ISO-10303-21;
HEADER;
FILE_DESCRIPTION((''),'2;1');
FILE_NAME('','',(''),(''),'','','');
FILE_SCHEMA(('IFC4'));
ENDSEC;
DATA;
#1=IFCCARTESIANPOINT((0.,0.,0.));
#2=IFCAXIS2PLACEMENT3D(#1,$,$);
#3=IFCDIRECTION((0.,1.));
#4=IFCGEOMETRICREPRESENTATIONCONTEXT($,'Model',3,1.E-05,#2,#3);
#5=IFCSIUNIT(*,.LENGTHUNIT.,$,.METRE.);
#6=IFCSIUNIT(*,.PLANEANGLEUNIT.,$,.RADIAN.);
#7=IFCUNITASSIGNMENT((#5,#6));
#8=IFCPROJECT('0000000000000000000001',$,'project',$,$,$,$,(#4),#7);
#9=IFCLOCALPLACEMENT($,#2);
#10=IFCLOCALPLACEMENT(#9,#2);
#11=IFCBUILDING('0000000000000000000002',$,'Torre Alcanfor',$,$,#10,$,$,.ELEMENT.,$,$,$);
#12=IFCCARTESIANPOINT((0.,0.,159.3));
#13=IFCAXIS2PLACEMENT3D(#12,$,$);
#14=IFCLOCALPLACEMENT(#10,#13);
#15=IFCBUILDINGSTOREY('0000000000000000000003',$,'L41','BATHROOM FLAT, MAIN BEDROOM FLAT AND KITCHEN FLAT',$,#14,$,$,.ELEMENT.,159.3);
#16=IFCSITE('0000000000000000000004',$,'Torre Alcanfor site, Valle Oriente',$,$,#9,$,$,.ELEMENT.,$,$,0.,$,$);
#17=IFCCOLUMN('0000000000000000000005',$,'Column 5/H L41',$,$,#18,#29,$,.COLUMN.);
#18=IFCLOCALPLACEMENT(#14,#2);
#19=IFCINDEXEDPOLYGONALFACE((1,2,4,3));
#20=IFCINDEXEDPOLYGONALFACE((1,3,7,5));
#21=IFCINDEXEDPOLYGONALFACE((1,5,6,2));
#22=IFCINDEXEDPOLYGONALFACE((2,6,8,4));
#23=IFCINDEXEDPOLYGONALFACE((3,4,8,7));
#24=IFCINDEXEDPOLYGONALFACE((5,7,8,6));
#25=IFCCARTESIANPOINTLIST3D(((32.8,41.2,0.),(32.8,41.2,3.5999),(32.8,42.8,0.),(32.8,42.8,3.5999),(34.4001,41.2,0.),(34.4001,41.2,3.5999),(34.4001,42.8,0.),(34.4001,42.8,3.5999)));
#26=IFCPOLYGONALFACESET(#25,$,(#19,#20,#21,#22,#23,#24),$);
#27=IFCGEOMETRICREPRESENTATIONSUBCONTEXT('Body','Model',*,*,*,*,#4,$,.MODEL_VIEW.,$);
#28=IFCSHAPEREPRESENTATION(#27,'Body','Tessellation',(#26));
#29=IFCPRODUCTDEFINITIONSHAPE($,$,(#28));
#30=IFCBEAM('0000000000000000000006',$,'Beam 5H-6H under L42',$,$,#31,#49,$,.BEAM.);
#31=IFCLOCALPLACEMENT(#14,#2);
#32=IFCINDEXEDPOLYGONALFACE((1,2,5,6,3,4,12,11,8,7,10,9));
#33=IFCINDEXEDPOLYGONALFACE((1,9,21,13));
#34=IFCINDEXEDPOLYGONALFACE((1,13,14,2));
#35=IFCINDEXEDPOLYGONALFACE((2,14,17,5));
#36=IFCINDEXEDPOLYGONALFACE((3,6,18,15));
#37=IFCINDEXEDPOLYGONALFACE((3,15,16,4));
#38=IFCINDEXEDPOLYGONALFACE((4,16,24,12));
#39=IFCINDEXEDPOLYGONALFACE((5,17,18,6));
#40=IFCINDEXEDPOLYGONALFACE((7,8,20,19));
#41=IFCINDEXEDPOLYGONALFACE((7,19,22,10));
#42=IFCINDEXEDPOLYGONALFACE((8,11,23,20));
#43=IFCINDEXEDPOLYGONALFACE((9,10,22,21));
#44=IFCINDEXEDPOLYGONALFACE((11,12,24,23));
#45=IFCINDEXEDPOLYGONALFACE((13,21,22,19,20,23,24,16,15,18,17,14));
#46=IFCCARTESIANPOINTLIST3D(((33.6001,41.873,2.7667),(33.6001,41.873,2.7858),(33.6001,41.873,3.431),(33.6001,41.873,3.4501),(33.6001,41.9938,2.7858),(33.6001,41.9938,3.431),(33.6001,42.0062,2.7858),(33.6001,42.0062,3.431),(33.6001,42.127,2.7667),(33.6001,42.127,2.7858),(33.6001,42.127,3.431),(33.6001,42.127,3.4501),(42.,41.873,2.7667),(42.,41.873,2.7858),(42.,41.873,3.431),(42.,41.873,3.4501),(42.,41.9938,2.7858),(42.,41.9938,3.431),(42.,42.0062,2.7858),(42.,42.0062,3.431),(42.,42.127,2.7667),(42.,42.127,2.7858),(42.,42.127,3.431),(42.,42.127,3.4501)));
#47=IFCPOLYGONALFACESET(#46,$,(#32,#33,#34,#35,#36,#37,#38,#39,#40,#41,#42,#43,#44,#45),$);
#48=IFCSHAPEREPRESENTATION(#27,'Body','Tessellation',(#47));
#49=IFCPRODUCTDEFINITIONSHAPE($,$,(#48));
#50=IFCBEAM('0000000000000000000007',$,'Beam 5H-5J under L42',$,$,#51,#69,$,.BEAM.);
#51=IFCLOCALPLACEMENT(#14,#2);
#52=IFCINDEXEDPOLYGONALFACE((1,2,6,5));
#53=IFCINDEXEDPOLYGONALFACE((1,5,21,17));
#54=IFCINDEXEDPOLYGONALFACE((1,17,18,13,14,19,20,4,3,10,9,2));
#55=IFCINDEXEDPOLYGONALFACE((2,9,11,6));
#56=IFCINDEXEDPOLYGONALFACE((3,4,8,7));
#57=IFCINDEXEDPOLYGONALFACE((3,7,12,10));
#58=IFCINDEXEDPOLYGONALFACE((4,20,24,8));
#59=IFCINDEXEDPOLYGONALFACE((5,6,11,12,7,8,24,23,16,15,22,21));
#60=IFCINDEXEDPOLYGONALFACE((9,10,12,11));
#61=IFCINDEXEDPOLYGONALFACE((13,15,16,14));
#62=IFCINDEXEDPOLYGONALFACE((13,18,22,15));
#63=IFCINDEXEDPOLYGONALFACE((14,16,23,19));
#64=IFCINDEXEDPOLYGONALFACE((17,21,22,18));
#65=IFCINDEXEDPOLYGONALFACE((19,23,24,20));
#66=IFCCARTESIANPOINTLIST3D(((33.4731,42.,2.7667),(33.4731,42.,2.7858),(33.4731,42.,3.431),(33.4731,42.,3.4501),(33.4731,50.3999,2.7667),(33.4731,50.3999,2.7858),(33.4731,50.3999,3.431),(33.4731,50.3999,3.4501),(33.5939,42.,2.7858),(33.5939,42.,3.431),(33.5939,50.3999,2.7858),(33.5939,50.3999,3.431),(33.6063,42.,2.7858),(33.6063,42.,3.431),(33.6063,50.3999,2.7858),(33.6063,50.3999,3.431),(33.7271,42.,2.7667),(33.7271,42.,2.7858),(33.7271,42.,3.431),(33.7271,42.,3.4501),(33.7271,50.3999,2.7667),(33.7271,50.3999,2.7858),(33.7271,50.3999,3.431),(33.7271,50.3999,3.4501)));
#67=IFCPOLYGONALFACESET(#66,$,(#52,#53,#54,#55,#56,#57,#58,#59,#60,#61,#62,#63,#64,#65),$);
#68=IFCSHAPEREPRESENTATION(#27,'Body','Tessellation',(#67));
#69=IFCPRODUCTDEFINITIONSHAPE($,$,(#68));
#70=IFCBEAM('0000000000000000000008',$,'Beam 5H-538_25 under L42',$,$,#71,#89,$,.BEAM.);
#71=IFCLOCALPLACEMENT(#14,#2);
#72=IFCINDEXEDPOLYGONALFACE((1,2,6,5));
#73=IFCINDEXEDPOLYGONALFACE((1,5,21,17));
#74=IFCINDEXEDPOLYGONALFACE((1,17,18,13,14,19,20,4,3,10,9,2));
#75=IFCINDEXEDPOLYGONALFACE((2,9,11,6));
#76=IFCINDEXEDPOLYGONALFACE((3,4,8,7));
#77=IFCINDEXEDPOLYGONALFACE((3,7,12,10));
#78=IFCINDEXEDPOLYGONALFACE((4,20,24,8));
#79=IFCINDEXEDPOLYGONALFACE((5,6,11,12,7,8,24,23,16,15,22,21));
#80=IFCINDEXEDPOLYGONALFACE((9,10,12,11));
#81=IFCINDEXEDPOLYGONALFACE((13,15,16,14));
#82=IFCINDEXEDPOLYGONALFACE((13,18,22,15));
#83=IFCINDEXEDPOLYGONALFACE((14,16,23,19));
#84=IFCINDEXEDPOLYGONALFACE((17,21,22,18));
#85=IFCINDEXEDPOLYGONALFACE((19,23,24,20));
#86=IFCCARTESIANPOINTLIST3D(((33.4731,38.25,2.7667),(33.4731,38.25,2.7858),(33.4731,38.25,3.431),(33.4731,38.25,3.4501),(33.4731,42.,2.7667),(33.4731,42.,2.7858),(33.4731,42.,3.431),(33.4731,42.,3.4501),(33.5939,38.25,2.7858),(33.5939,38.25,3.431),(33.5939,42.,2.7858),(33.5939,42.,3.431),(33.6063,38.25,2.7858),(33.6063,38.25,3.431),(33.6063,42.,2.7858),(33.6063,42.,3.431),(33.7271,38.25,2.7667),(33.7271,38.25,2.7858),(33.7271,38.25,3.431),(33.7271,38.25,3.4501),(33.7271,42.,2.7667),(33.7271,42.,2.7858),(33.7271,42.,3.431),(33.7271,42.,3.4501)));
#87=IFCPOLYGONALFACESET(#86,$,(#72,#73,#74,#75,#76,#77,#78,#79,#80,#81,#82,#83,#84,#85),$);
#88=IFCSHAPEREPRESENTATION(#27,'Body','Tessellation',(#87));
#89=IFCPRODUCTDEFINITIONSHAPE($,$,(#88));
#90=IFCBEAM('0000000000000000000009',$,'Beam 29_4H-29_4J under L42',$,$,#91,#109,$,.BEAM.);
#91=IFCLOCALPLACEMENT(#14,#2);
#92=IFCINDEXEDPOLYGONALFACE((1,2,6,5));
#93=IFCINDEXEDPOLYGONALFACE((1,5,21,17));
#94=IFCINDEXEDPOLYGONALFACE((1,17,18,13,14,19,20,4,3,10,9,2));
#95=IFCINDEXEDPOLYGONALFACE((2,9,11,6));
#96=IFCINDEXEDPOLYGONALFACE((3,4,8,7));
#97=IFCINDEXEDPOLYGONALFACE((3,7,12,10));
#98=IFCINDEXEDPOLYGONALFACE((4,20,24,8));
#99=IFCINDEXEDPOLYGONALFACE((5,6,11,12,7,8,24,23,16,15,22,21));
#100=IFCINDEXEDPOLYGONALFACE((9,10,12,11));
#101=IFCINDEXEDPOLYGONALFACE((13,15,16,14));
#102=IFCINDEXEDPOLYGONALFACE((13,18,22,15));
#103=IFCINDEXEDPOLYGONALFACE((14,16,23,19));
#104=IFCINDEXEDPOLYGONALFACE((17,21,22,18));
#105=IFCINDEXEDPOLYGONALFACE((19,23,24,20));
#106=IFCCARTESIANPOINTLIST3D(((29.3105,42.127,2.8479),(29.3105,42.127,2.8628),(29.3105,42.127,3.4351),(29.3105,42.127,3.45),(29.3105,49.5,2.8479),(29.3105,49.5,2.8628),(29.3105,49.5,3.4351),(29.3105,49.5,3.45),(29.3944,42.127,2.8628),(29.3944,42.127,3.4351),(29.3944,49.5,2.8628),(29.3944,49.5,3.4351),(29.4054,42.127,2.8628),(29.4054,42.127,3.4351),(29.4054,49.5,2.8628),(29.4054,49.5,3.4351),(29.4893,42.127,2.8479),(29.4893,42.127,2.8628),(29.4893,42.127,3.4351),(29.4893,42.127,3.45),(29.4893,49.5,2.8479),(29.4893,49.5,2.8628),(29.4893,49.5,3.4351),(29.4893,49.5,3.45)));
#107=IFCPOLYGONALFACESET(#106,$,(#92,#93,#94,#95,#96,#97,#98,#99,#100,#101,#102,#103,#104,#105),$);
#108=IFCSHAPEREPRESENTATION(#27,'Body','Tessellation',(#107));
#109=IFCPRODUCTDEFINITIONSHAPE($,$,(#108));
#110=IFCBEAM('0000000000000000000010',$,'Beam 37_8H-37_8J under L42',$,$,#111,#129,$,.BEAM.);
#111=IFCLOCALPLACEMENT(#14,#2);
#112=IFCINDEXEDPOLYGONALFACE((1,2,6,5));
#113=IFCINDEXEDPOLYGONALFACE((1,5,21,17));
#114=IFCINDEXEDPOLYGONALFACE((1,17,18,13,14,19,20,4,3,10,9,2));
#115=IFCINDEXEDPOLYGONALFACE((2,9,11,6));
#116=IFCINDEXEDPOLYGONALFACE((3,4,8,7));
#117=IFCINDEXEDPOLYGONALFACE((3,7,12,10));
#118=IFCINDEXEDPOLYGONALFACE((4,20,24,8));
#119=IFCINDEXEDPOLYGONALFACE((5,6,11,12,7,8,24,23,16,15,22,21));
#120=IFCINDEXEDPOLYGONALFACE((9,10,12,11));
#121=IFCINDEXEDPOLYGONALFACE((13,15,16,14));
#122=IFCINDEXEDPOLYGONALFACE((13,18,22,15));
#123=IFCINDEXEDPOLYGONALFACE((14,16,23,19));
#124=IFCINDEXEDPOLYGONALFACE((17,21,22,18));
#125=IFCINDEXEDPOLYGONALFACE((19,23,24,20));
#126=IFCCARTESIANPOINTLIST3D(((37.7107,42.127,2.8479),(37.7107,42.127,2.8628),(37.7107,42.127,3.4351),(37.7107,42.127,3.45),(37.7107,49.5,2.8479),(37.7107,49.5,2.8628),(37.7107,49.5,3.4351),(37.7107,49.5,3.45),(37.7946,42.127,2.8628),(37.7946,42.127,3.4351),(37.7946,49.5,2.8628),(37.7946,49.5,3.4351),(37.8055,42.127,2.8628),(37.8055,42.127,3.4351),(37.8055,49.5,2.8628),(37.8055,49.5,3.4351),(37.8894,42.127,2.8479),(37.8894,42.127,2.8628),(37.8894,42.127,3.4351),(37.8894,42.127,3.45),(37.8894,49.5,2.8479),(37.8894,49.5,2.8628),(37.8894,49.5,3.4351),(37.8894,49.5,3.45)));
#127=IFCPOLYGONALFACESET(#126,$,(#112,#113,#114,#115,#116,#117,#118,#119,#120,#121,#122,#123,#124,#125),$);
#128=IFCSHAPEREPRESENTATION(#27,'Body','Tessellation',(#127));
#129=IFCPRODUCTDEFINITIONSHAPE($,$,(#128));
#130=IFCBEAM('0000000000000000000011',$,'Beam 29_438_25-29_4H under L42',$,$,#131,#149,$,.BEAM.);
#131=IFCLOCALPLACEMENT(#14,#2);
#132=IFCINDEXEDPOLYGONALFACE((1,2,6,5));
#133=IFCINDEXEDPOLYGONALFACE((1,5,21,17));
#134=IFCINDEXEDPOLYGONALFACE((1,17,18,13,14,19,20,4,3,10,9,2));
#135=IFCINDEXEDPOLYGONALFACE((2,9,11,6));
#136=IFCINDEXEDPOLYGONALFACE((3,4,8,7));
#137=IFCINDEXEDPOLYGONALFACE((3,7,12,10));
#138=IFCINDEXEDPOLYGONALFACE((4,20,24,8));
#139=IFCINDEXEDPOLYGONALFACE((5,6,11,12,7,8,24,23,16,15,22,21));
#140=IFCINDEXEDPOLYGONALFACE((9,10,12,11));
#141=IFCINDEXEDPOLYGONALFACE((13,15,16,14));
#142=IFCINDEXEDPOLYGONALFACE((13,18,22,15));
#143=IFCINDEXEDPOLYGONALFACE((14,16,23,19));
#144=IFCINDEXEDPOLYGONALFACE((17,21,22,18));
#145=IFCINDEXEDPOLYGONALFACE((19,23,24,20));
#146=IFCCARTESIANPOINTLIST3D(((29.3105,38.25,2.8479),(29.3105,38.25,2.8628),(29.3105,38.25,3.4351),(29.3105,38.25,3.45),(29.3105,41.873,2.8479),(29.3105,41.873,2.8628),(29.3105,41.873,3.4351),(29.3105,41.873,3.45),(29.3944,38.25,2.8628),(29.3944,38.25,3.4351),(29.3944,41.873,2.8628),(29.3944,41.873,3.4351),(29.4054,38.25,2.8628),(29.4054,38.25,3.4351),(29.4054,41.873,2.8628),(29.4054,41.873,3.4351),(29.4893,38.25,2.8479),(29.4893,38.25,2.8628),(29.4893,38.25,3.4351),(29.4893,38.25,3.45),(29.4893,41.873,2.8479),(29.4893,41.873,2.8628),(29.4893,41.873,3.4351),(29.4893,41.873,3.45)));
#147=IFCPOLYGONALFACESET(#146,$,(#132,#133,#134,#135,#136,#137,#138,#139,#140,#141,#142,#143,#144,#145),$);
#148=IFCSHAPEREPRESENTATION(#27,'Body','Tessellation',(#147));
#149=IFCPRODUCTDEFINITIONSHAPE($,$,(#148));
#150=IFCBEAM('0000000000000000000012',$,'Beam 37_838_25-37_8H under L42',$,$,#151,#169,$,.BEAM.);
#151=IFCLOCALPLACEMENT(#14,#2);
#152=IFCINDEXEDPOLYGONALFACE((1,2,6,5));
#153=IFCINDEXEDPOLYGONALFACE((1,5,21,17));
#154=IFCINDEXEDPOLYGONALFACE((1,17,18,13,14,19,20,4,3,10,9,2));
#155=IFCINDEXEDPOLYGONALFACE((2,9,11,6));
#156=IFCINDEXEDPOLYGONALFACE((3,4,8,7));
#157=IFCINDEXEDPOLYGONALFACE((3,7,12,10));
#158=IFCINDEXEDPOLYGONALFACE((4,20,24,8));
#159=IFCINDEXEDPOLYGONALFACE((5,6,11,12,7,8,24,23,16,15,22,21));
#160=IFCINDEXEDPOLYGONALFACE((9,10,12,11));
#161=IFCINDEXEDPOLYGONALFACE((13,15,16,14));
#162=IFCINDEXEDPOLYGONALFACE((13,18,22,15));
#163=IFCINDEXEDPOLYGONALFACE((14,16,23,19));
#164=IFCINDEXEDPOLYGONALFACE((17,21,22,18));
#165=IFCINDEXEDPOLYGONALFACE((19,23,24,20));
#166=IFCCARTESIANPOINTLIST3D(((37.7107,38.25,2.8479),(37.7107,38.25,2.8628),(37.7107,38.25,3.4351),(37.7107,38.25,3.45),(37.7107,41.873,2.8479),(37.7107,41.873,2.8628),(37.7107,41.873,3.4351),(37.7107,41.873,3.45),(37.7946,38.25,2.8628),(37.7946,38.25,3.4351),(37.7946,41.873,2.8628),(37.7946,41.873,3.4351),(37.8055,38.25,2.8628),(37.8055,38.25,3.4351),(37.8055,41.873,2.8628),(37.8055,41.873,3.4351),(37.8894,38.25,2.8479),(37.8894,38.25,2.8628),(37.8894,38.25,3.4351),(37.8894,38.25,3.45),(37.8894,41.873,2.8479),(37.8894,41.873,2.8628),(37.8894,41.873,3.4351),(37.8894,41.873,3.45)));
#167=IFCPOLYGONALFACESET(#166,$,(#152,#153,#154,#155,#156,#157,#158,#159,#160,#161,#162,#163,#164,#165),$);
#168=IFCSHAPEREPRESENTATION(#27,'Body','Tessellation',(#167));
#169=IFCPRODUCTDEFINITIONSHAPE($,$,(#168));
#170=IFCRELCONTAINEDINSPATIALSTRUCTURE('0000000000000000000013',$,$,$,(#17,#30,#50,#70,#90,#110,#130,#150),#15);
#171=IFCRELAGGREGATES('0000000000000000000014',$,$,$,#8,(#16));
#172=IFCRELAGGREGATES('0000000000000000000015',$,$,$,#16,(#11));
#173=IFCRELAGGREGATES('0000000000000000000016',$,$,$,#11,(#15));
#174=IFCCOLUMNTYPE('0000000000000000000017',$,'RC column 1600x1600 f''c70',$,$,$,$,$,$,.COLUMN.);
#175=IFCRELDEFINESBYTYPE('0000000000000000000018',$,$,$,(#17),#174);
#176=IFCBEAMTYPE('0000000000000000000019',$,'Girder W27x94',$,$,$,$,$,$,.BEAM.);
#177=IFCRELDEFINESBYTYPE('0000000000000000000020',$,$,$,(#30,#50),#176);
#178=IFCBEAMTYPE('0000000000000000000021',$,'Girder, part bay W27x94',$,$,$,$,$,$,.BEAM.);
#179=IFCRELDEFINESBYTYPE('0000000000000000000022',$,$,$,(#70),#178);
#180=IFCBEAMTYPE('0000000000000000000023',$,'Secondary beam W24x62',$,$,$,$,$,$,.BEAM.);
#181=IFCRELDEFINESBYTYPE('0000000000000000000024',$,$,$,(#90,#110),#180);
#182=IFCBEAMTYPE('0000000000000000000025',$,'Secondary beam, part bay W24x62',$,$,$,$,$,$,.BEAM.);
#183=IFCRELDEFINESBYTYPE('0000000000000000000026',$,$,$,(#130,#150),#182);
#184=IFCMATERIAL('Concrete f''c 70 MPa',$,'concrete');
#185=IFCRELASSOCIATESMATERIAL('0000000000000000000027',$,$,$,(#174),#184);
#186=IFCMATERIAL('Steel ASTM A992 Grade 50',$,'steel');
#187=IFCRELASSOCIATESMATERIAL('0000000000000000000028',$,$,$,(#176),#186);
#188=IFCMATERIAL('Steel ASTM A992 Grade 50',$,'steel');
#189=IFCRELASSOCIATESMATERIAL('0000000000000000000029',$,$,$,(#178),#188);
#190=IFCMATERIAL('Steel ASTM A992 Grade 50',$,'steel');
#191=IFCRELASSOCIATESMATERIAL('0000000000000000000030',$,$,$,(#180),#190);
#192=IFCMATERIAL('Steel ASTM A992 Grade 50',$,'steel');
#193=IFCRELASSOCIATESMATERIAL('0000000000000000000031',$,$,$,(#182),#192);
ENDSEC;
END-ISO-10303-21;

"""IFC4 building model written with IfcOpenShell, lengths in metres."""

from ifc_helpers import new_model, si_unit, direction, frame, origin, origin_2d, place, context, subcontext, project, spatial, rectangle, i_section, extrude, material, material_profile, profile_set, type_object, element, save


model = new_model("IFC4")

# Units and contexts
model_context = context("Model", 3, precision=1e-05, world=origin(), true_north=direction((0.0, 1.0)))
body_context = subcontext(model_context, "Body", "Model", "MODEL_VIEW")
ifc_project = project(units=[si_unit("LENGTHUNIT", "METRE"), si_unit("PLANEANGLEUNIT", "RADIAN")], contexts=[model_context])

# Site, building, storey
site_placement = place(None, origin())
site = spatial("IfcSite", under=ifc_project, at=site_placement, Name="Torre Alcanfor site, Valle Oriente", CompositionType="ELEMENT", RefElevation=0.0)
building_placement = place(site_placement, origin())
building = spatial("IfcBuilding", under=site, at=building_placement, Name="Torre Alcanfor", CompositionType="ELEMENT")
storey_placement = place(building_placement, frame((0.0, 0.0, 159.3)))
storey = spatial("IfcBuildingStorey", under=building, at=storey_placement, Name="L41", Description="BATHROOM FLAT, MAIN BEDROOM FLAT AND KITCHEN FLAT", CompositionType="ELEMENT", Elevation=159.3)

# Column
ifc_material_1 = material(Name="Concrete f'c 70 MPa", Category="concrete")
ifc_material_profile_1 = material_profile(ifc_material_1, rectangle(XDim=1.6001, YDim=1.6001, at=origin_2d()), Name="1600x1600")
ifc_profile_set_1 = profile_set([ifc_material_profile_1], Name="Concrete f'c 70 MPa")
column_type = type_object("IfcColumnType", Name="RC column 1600x1600 f'c70", PredefinedType="COLUMN", material=ifc_profile_set_1)
column_placement = place(storey_placement, frame((33.6001, 42.0, 0.0), z_axis=(0.0, 0.0, 1.0), x_axis=(1.0, 0.0, 0.0)))
element("IfcColumn", 1, at=column_placement, inside=storey, type_object=column_type, Name="Column 5/H L41", PredefinedType="COLUMN", context=body_context, shape_type="SweptSolid", body=[
    extrude(rectangle(XDim=1.6001, YDim=1.6001, at=origin_2d()), origin(), (0.0, 0.0, 1.0), 3.5999),
])

# Beams
ifc_material_2 = material(Name="Steel ASTM A992 Grade 50", Category="steel")
ifc_material_profile_2 = material_profile(ifc_material_2, i_section(OverallWidth=0.2539, OverallDepth=0.6833, WebThickness=0.0125, FlangeThickness=0.019, at=origin_2d()), Name="W27x94")
ifc_profile_set_2 = profile_set([ifc_material_profile_2], Name="Steel ASTM A992 Grade 50")
beam_type_1 = type_object("IfcBeamType", Name="Girder W27x94", PredefinedType="BEAM", material=ifc_profile_set_2)
for number, where, z_axis, x_axis, name in (
    (2, (33.6001, 42.0, 3.1084), (1.0, 0.0, 0.0), (0.0, 1.0, 0.0), "Beam 5H-6H under L42"),
    (3, (33.6001, 42.0, 3.1084), (0.0, 1.0, 0.0), (-1.0, 0.0, 0.0), "Beam 5H-5J under L42"),
):
    element("IfcBeam", number, at=place(storey_placement, frame(where, z_axis=z_axis, x_axis=x_axis)), inside=storey, type_object=beam_type_1, Name=name, PredefinedType="BEAM", context=body_context, shape_type="SweptSolid", body=[
        extrude(i_section(OverallWidth=0.2539, OverallDepth=0.6833, WebThickness=0.0125, FlangeThickness=0.019, at=origin_2d()), origin(), (0.0, 0.0, 1.0), 8.3999),
    ])
ifc_material_3 = material(Name="Steel ASTM A992 Grade 50", Category="steel")
ifc_material_profile_3 = material_profile(ifc_material_3, i_section(OverallWidth=0.2539, OverallDepth=0.6833, WebThickness=0.0125, FlangeThickness=0.019, at=origin_2d()), Name="W27x94")
ifc_profile_set_3 = profile_set([ifc_material_profile_3], Name="Steel ASTM A992 Grade 50")
beam_type_2 = type_object("IfcBeamType", Name="Girder, part bay W27x94", PredefinedType="BEAM", material=ifc_profile_set_3)
beam_1_placement = place(storey_placement, frame((33.6001, 42.0, 3.1084), z_axis=(0.0, -1.0, 0.0), x_axis=(1.0, 0.0, 0.0)))
element("IfcBeam", 4, at=beam_1_placement, inside=storey, type_object=beam_type_2, Name="Beam 5H-538_25 under L42", PredefinedType="BEAM", context=body_context, shape_type="SweptSolid", body=[
    extrude(i_section(OverallWidth=0.2539, OverallDepth=0.6833, WebThickness=0.0125, FlangeThickness=0.019, at=origin_2d()), origin(), (0.0, 0.0, 1.0), 3.75),
])
ifc_material_4 = material(Name="Steel ASTM A992 Grade 50", Category="steel")
ifc_material_profile_4 = material_profile(ifc_material_4, i_section(OverallWidth=0.1787, OverallDepth=0.6021, WebThickness=0.011, FlangeThickness=0.0149, at=origin_2d()), Name="W24x62")
ifc_profile_set_4 = profile_set([ifc_material_profile_4], Name="Steel ASTM A992 Grade 50")
beam_type_3 = type_object("IfcBeamType", Name="Secondary beam W24x62", PredefinedType="BEAM", material=ifc_profile_set_4)
for number, where, z_axis, x_axis, name in (
    (5, (29.3999, 42.127, 3.1489), (0.0, 1.0, 0.0), (-1.0, 0.0, 0.0), "Beam 29_4H-29_4J under L42"),
    (6, (37.8, 42.127, 3.1489), (0.0, 1.0, 0.0), (-1.0, 0.0, 0.0), "Beam 37_8H-37_8J under L42"),
):
    element("IfcBeam", number, at=place(storey_placement, frame(where, z_axis=z_axis, x_axis=x_axis)), inside=storey, type_object=beam_type_3, Name=name, PredefinedType="BEAM", context=body_context, shape_type="SweptSolid", body=[
        extrude(i_section(OverallWidth=0.1787, OverallDepth=0.6021, WebThickness=0.011, FlangeThickness=0.0149, at=origin_2d()), origin(), (0.0, 0.0, 1.0), 7.373),
    ])
ifc_material_5 = material(Name="Steel ASTM A992 Grade 50", Category="steel")
ifc_material_profile_5 = material_profile(ifc_material_5, i_section(OverallWidth=0.1787, OverallDepth=0.6021, WebThickness=0.011, FlangeThickness=0.0149, at=origin_2d()), Name="W24x62")
ifc_profile_set_5 = profile_set([ifc_material_profile_5], Name="Steel ASTM A992 Grade 50")
beam_type_4 = type_object("IfcBeamType", Name="Secondary beam, part bay W24x62", PredefinedType="BEAM", material=ifc_profile_set_5)
for number, where, z_axis, x_axis, name in (
    (7, (29.3999, 38.25, 3.1489), (0.0, 1.0, 0.0), (-1.0, 0.0, 0.0), "Beam 29_438_25-29_4H under L42"),
    (8, (37.8, 38.25, 3.1489), (0.0, 1.0, 0.0), (-1.0, 0.0, 0.0), "Beam 37_838_25-37_8H under L42"),
):
    element("IfcBeam", number, at=place(storey_placement, frame(where, z_axis=z_axis, x_axis=x_axis)), inside=storey, type_object=beam_type_4, Name=name, PredefinedType="BEAM", context=body_context, shape_type="SweptSolid", body=[
        extrude(i_section(OverallWidth=0.1787, OverallDepth=0.6021, WebThickness=0.011, FlangeThickness=0.0149, at=origin_2d()), origin(), (0.0, 0.0, 1.0), 3.623),
    ])

save(model, "model.ifc")
